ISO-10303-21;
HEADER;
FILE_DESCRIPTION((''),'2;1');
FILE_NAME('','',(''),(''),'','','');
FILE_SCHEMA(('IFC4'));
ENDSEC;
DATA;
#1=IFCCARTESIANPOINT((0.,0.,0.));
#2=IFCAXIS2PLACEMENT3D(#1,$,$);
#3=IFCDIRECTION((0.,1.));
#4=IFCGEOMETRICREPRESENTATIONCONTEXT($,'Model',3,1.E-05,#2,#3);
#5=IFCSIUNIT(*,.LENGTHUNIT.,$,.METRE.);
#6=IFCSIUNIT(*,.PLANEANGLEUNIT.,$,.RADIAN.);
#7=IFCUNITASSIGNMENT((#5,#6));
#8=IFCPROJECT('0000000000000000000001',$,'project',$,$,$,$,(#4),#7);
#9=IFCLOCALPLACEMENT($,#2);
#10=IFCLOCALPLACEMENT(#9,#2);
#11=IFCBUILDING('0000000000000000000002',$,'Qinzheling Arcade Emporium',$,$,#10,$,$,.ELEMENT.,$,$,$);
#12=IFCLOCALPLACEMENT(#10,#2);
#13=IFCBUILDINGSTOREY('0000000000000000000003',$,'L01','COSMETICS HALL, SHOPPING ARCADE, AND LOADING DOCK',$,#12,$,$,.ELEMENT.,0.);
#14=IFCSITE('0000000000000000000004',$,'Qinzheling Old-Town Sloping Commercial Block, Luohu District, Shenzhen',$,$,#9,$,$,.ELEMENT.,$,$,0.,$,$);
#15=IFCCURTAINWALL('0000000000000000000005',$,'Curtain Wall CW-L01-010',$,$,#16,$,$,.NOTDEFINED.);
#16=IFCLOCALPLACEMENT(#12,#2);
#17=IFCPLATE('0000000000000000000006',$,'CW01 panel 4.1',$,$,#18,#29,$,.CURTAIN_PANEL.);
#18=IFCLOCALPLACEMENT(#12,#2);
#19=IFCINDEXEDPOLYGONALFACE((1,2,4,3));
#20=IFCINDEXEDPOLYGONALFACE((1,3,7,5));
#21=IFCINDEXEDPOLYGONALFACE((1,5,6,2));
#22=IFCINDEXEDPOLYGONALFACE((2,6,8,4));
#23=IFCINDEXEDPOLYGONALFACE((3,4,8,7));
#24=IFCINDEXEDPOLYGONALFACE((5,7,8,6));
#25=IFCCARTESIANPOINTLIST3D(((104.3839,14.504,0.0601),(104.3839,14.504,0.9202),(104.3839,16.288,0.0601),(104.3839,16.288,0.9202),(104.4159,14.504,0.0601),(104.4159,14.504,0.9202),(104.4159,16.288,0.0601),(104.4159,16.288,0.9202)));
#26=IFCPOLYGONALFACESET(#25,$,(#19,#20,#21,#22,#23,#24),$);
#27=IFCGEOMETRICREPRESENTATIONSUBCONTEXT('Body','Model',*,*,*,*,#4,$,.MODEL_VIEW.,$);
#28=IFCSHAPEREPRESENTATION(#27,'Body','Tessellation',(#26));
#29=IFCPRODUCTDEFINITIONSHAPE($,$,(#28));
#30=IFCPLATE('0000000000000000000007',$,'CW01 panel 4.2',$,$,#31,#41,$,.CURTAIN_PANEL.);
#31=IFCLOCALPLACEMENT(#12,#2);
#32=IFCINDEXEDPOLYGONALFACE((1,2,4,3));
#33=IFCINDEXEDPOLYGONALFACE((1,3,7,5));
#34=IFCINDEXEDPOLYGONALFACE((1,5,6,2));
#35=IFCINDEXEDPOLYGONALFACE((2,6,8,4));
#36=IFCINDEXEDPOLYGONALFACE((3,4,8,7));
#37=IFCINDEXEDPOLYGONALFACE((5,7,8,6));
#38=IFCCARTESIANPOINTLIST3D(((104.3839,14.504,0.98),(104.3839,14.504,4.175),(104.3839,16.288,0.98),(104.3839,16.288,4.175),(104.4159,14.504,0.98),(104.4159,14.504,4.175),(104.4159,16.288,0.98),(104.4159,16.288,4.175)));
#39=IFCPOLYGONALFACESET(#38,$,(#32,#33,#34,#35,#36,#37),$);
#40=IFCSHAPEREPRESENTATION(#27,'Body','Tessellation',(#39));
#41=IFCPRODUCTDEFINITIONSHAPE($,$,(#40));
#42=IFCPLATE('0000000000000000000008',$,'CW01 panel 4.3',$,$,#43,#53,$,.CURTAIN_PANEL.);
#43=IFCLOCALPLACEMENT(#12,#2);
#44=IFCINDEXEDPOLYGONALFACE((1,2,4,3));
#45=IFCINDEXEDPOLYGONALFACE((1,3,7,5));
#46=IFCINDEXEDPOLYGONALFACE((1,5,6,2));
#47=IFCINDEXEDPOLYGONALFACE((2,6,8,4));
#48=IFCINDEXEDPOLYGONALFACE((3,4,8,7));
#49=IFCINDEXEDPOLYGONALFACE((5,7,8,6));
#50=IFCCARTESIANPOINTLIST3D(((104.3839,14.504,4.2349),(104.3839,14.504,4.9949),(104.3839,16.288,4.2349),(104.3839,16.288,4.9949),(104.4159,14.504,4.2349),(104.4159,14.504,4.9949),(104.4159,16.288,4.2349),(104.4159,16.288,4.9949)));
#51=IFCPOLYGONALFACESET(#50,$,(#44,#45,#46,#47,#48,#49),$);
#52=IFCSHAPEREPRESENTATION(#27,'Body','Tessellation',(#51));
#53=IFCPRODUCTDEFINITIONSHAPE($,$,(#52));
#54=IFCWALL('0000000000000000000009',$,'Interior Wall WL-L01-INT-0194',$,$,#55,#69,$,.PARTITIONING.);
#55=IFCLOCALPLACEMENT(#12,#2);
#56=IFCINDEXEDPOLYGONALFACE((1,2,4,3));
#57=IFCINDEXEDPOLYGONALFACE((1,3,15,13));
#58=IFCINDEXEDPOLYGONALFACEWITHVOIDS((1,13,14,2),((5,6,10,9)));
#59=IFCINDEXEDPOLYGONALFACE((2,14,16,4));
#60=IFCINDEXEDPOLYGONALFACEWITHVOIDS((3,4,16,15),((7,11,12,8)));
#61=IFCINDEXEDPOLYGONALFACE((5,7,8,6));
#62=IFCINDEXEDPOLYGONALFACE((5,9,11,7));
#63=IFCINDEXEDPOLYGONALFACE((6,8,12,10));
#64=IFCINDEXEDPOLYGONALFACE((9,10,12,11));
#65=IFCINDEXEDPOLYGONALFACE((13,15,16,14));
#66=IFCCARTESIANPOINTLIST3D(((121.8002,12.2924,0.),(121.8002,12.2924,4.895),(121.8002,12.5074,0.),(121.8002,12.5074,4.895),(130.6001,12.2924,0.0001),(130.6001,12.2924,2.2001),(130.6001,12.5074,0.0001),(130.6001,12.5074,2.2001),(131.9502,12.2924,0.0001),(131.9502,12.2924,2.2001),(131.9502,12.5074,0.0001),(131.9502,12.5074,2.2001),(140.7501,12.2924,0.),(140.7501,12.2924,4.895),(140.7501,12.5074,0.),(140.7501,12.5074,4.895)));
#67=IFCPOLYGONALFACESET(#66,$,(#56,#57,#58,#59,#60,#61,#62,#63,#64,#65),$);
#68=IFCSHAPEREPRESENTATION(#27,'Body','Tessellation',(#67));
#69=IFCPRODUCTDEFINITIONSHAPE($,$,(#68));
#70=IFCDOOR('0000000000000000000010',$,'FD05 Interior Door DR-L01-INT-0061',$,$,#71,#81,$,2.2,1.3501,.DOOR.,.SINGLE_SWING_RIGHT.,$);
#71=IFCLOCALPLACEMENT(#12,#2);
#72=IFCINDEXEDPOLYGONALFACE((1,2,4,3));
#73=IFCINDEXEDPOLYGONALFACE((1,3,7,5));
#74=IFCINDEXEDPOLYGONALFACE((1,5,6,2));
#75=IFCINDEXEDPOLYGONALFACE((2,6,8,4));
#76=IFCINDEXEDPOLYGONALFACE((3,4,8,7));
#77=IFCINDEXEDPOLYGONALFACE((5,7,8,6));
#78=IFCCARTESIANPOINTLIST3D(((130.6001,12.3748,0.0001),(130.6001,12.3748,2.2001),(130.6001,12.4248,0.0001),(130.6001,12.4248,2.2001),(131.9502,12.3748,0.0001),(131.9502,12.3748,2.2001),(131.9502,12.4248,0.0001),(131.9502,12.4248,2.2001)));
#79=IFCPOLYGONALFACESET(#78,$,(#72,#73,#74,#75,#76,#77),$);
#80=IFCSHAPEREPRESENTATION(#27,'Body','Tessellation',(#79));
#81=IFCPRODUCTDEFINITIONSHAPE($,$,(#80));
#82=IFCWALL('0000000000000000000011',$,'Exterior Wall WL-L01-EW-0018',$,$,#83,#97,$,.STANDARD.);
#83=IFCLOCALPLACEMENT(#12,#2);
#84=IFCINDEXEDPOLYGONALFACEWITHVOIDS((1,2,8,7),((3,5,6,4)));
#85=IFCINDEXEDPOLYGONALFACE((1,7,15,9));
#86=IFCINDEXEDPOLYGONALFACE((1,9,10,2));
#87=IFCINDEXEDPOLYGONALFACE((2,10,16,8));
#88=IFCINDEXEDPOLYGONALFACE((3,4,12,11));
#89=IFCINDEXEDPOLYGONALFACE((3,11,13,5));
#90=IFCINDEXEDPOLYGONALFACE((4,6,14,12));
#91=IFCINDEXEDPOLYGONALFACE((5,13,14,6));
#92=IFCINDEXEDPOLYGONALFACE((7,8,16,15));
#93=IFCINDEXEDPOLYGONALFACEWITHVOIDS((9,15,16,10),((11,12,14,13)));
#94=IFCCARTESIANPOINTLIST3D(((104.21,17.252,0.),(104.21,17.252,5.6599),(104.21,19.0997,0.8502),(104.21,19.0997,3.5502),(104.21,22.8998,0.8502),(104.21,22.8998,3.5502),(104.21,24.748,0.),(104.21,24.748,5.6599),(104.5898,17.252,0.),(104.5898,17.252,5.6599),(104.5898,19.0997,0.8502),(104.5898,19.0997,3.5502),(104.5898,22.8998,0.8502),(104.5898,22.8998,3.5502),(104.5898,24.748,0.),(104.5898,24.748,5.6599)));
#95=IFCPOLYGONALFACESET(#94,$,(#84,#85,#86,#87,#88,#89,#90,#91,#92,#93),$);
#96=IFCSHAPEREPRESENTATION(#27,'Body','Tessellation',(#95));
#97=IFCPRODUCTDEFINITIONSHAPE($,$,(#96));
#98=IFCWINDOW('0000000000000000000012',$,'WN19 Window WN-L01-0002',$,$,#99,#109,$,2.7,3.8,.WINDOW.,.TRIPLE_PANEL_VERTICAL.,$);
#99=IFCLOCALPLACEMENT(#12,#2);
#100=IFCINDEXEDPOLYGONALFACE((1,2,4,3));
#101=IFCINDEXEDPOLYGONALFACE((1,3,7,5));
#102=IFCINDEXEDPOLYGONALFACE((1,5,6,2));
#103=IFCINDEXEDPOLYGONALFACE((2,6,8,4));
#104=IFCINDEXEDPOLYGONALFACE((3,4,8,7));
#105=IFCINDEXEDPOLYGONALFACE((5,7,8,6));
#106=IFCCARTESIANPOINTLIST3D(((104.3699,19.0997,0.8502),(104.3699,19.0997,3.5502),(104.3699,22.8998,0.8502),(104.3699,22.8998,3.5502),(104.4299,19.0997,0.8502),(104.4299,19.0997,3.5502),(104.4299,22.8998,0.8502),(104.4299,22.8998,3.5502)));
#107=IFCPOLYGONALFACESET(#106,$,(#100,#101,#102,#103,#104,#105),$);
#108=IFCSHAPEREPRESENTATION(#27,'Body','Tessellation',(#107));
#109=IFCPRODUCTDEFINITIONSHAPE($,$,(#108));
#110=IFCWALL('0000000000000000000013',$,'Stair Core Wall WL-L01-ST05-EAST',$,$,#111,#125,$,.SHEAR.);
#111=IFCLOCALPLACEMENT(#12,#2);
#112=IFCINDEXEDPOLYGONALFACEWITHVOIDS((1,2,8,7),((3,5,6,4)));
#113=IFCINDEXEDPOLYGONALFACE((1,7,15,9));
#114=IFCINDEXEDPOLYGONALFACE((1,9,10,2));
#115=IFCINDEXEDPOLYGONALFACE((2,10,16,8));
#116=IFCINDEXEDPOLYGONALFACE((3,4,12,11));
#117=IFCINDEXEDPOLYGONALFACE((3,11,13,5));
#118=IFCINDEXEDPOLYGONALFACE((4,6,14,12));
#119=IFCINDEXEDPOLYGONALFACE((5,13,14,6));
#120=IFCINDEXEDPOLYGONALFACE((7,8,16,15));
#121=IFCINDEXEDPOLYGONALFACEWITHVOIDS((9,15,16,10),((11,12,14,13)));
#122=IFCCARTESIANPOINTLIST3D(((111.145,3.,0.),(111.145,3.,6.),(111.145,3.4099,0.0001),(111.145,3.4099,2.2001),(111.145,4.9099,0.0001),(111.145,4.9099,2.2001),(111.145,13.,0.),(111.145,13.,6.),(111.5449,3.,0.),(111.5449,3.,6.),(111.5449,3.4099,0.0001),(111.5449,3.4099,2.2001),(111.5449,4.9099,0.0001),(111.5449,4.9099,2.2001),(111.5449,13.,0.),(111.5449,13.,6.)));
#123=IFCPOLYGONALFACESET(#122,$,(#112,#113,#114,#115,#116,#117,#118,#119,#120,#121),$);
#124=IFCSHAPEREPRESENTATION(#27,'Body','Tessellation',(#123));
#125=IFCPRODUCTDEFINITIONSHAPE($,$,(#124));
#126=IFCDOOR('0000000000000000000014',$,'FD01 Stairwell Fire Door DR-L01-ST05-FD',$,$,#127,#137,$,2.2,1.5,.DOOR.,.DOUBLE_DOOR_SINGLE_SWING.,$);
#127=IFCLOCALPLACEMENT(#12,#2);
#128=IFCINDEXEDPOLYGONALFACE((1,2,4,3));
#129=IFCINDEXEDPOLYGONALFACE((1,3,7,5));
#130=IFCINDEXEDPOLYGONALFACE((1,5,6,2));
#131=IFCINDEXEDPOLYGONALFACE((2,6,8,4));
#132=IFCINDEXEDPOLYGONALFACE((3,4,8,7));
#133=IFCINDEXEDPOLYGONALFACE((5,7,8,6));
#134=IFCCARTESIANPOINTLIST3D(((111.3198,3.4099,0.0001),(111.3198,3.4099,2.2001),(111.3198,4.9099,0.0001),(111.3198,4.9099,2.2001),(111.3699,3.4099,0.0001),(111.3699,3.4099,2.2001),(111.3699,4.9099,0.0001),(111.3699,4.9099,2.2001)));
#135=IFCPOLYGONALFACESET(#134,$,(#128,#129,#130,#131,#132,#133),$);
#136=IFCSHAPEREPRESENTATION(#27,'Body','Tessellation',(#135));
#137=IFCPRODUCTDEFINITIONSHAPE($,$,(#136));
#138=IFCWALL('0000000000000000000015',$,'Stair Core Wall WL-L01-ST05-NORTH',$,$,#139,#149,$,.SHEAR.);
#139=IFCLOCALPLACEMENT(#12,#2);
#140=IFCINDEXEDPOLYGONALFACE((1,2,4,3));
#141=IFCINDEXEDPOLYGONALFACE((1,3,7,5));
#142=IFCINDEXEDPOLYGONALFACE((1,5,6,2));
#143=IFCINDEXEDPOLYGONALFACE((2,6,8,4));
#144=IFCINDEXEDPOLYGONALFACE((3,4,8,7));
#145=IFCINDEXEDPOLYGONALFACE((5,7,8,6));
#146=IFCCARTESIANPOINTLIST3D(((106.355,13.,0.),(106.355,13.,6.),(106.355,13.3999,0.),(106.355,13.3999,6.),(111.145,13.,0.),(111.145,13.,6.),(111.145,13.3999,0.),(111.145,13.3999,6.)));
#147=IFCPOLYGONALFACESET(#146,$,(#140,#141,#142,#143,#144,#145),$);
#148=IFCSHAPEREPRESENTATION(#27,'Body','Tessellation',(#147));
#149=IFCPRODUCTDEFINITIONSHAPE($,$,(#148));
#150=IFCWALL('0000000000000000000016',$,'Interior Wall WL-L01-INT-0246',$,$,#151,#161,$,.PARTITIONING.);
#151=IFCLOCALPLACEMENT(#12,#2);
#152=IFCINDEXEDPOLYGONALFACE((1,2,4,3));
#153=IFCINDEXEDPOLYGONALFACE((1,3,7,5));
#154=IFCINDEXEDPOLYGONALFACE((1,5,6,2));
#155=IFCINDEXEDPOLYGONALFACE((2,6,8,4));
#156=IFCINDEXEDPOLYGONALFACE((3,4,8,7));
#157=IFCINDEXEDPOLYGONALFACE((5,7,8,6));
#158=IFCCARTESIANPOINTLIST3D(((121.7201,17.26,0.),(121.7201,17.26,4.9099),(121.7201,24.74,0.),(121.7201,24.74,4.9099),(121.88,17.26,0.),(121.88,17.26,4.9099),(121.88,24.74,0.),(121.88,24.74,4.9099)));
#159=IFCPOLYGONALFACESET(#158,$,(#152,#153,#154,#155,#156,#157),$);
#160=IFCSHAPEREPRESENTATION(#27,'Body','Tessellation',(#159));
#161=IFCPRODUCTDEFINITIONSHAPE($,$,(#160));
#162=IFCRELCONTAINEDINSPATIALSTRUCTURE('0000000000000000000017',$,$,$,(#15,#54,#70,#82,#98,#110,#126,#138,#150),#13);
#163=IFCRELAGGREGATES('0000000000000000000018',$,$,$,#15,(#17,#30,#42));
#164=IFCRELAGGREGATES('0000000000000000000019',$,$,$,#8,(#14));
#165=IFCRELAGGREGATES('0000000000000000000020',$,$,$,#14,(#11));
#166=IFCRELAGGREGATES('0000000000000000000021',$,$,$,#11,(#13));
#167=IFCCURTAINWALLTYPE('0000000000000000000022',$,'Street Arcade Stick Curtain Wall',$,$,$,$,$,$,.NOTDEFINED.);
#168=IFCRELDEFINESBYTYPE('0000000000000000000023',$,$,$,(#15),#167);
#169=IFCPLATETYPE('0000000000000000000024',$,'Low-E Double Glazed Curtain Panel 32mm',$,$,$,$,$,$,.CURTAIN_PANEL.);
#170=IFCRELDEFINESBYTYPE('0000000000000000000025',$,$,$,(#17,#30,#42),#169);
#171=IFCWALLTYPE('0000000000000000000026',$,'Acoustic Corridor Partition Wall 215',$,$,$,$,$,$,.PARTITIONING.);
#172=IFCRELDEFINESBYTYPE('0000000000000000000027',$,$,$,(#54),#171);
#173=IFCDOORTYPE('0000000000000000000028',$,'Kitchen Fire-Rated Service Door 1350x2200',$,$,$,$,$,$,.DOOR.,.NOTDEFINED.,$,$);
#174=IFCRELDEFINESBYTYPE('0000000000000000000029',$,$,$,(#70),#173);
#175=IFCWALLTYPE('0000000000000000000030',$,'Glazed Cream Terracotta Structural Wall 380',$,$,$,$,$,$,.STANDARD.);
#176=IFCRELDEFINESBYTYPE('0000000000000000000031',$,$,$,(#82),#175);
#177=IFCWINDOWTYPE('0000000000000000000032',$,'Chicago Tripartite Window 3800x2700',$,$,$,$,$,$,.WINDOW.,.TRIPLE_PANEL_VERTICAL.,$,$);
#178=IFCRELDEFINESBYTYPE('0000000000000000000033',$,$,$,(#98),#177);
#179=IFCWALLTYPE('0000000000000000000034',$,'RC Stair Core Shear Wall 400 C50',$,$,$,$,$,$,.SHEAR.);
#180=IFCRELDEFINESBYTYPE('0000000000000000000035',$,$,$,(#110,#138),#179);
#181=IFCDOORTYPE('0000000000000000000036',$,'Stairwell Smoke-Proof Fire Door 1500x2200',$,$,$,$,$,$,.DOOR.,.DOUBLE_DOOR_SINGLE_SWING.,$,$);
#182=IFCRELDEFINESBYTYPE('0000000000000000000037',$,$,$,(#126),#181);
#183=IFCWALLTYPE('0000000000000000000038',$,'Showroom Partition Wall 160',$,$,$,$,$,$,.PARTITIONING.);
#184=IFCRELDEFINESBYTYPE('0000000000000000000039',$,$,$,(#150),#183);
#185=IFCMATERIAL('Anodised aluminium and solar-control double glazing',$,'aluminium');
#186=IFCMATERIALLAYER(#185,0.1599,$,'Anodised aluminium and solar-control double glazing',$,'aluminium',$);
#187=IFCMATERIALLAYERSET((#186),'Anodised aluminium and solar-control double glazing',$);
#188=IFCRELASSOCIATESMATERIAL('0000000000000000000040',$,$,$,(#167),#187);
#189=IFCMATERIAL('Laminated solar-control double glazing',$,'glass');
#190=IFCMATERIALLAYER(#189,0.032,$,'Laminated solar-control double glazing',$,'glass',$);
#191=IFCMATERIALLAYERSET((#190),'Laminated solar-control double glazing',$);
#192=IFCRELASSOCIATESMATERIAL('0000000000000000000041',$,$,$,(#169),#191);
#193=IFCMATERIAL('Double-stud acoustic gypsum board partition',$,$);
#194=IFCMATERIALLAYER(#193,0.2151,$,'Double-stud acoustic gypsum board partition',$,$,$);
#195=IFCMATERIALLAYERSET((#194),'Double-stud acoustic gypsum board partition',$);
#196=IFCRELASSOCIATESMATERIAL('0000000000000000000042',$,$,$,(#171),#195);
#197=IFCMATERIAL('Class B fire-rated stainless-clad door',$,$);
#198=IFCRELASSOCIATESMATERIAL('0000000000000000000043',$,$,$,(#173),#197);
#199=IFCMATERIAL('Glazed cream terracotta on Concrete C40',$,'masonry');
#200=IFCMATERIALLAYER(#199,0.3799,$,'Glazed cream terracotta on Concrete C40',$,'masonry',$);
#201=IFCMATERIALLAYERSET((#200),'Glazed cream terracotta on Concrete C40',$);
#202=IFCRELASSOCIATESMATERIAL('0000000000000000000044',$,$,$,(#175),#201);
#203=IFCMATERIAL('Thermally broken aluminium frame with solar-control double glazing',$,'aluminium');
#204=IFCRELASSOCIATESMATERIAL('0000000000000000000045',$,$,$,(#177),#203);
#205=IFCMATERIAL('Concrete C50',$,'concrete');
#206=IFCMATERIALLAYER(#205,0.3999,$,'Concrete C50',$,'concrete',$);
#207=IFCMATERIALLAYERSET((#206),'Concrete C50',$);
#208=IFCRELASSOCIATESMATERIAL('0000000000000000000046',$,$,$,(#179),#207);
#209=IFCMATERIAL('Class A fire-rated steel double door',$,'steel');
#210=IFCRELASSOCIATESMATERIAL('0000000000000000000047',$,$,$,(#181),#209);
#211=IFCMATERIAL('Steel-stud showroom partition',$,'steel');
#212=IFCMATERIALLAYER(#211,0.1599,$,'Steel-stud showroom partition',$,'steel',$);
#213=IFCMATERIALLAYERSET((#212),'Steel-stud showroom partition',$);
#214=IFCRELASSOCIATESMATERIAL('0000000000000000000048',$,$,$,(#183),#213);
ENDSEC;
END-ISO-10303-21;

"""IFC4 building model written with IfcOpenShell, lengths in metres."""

from ifc_helpers import new_model, si_unit, direction, frame, frame_2d, origin, origin_2d, place, context, subcontext, project, spatial, rectangle, extrude, material, layer, layer_set, type_object, element, fill, aggregate, save


model = new_model("IFC4")

# Units and contexts
model_context = context("Model", 3, precision=1e-05, world=origin(), true_north=direction((0.0, 1.0)))
body_context = subcontext(model_context, "Body", "Model", "MODEL_VIEW")
ifc_project = project(units=[si_unit("LENGTHUNIT", "METRE"), si_unit("PLANEANGLEUNIT", "RADIAN")], contexts=[model_context])

# Site, building, storey
site_placement = place(None, origin())
site = spatial("IfcSite", under=ifc_project, at=site_placement, Name="Qinzheling Old-Town Sloping Commercial Block, Luohu District, Shenzhen", CompositionType="ELEMENT", RefElevation=0.0)
building_placement = place(site_placement, origin())
building = spatial("IfcBuilding", under=site, at=building_placement, Name="Qinzheling Arcade Emporium", CompositionType="ELEMENT")
storey_placement = place(building_placement, origin())
storey = spatial("IfcBuildingStorey", under=building, at=storey_placement, Name="L01", Description="COSMETICS HALL, SHOPPING ARCADE, AND LOADING DOCK", CompositionType="ELEMENT", Elevation=0.0)

# Shared definitions
ifc_material_1 = material(Name="Concrete C50", Category="concrete")

# Curtain wall
ifc_material_2 = material(Name="Anodised aluminium and solar-control double glazing", Category="aluminium")
ifc_layer_1 = layer(ifc_material_2, 0.1599, Name="Anodised aluminium and solar-control double glazing", Category="aluminium")
ifc_layer_set_1 = layer_set([ifc_layer_1], Name="Anodised aluminium and solar-control double glazing")
curtain_wall_type = type_object("IfcCurtainWallType", Name="Street Arcade Stick Curtain Wall", PredefinedType="NOTDEFINED", material=ifc_layer_set_1)
curtain_wall_placement = place(storey_placement, origin())
curtain_wall = element("IfcCurtainWall", 1, at=curtain_wall_placement, inside=storey, type_object=curtain_wall_type, Name="Curtain Wall CW-L01-010", PredefinedType="NOTDEFINED")

# Plates
ifc_material_3 = material(Name="Laminated solar-control double glazing", Category="glass")
ifc_layer_2 = layer(ifc_material_3, 0.032, Name="Laminated solar-control double glazing", Category="glass")
ifc_layer_set_2 = layer_set([ifc_layer_2], Name="Laminated solar-control double glazing")
plate_type = type_object("IfcPlateType", Name="Low-E Double Glazed Curtain Panel 32mm", PredefinedType="CURTAIN_PANEL", material=ifc_layer_set_2)
plate_1_placement = place(storey_placement, frame((104.3999, 15.396, 0.0601), z_axis=(0.0, 0.0, 1.0), x_axis=(0.0, 1.0, 0.0)))
plate_1 = element("IfcPlate", 2, at=plate_1_placement, type_object=plate_type, Name="CW01 panel 4.1", PredefinedType="CURTAIN_PANEL", context=body_context, shape_type="SweptSolid", body=[
    extrude(rectangle(XDim=1.7839, YDim=0.032, at=origin_2d()), origin(), (0.0, 0.0, 1.0), 0.8601),
])
plate_2_placement = place(storey_placement, frame((104.3999, 15.396, 0.98), z_axis=(0.0, 0.0, 1.0), x_axis=(0.0, 1.0, 0.0)))
plate_2 = element("IfcPlate", 3, at=plate_2_placement, type_object=plate_type, Name="CW01 panel 4.2", PredefinedType="CURTAIN_PANEL", context=body_context, shape_type="SweptSolid", body=[
    extrude(rectangle(XDim=1.7839, YDim=0.032, at=origin_2d()), origin(), (0.0, 0.0, 1.0), 3.1951),
])
plate_3_placement = place(storey_placement, frame((104.3999, 15.396, 4.2349), z_axis=(0.0, 0.0, 1.0), x_axis=(0.0, 1.0, 0.0)))
plate_3 = element("IfcPlate", 4, at=plate_3_placement, type_object=plate_type, Name="CW01 panel 4.3", PredefinedType="CURTAIN_PANEL", context=body_context, shape_type="SweptSolid", body=[
    extrude(rectangle(XDim=1.7839, YDim=0.032, at=origin_2d()), origin(), (0.0, 0.0, 1.0), 0.76),
])
aggregate(curtain_wall, [plate_1, plate_2, plate_3])

# Wall, opening, door
ifc_material_4 = material(Name="Double-stud acoustic gypsum board partition")
ifc_layer_3 = layer(ifc_material_4, 0.2151, Name="Double-stud acoustic gypsum board partition")
ifc_layer_set_3 = layer_set([ifc_layer_3], Name="Double-stud acoustic gypsum board partition")
wall_type_1 = type_object("IfcWallType", Name="Acoustic Corridor Partition Wall 215", PredefinedType="PARTITIONING", material=ifc_layer_set_3)
wall_1_placement = place(storey_placement, frame((121.8, 12.3999, 0.0), z_axis=(0.0, 0.0, 1.0), x_axis=(1.0, 0.0, 0.0)))
wall_1 = element("IfcWall", 5, at=wall_1_placement, inside=storey, type_object=wall_type_1, Name="Interior Wall WL-L01-INT-0194", PredefinedType="PARTITIONING", context=body_context, shape_type="SweptSolid", body=[
    extrude(rectangle(XDim=18.95, YDim=0.2151, at=frame_2d((9.4751, 0.0))), origin(), (0.0, 0.0, 1.0), 4.895),
])
opening_1_placement = place(wall_1_placement, frame((8.8, 0.0, 0.0)))
opening_1 = element("IfcOpeningElement", 6, at=opening_1_placement, cuts=wall_1, PredefinedType="OPENING", context=body_context, shape_type="SweptSolid", body=[
    extrude(rectangle(XDim=1.3501, YDim=2.2, at=frame_2d((0.675, 1.1001))), frame((0.0, 0.1177, 0.0), z_axis=(0.0, -1.0, 0.0), x_axis=(1.0, 0.0, 0.0)), (0.0, 0.0, 1.0), 0.2351),
])
ifc_material_5 = material(Name="Class B fire-rated stainless-clad door")
door_type_1 = type_object("IfcDoorType", Name="Kitchen Fire-Rated Service Door 1350x2200", OperationType="NOTDEFINED", PredefinedType="DOOR", material=ifc_material_5)
door_1_placement = place(opening_1_placement, origin())
door_1 = element("IfcDoor", 7, at=door_1_placement, inside=storey, type_object=door_type_1, Name="FD05 Interior Door DR-L01-INT-0061", OperationType="SINGLE_SWING_RIGHT", OverallHeight=2.2, OverallWidth=1.3501, PredefinedType="DOOR", context=body_context, shape_type="SweptSolid", body=[
    extrude(rectangle(XDim=1.3501, YDim=2.2, at=frame_2d((0.675, 1.1001))), frame((0.0, 0.0249, 0.0), z_axis=(0.0, -1.0, 0.0), x_axis=(1.0, 0.0, 0.0)), (0.0, 0.0, 1.0), 0.05),
])
fill(opening_1, door_1)

# Wall, opening, window
ifc_material_6 = material(Name="Glazed cream terracotta on Concrete C40", Category="masonry")
ifc_layer_4 = layer(ifc_material_6, 0.3799, Name="Glazed cream terracotta on Concrete C40", Category="masonry")
ifc_layer_set_4 = layer_set([ifc_layer_4], Name="Glazed cream terracotta on Concrete C40")
wall_type_2 = type_object("IfcWallType", Name="Glazed Cream Terracotta Structural Wall 380", PredefinedType="STANDARD", material=ifc_layer_set_4)
wall_2_placement = place(storey_placement, frame((104.3999, 17.252, 0.0), z_axis=(0.0, 0.0, 1.0), x_axis=(0.0, 1.0, 0.0)))
wall_2 = element("IfcWall", 8, at=wall_2_placement, inside=storey, type_object=wall_type_2, Name="Exterior Wall WL-L01-EW-0018", PredefinedType="STANDARD", context=body_context, shape_type="SweptSolid", body=[
    extrude(rectangle(XDim=7.4961, YDim=0.3799, at=frame_2d((3.748, 0.0))), origin(), (0.0, 0.0, 1.0), 5.6599),
])
opening_2_placement = place(wall_2_placement, frame((1.8479, 0.0, 0.8501)))
opening_2 = element("IfcOpeningElement", 9, at=opening_2_placement, cuts=wall_2, PredefinedType="OPENING", context=body_context, shape_type="SweptSolid", body=[
    extrude(rectangle(XDim=3.8, YDim=2.7, at=frame_2d((1.8999, 1.3501))), frame((0.0, 0.2, 0.0), z_axis=(0.0, -1.0, 0.0), x_axis=(1.0, 0.0, 0.0)), (0.0, 0.0, 1.0), 0.3999),
])
ifc_material_7 = material(Name="Thermally broken aluminium frame with solar-control double glazing", Category="aluminium")
window_type = type_object("IfcWindowType", Name="Chicago Tripartite Window 3800x2700", PartitioningType="TRIPLE_PANEL_VERTICAL", PredefinedType="WINDOW", material=ifc_material_7)
window_placement = place(opening_2_placement, origin())
window = element("IfcWindow", 10, at=window_placement, inside=storey, type_object=window_type, Name="WN19 Window WN-L01-0002", OverallHeight=2.7, OverallWidth=3.8, PartitioningType="TRIPLE_PANEL_VERTICAL", PredefinedType="WINDOW", context=body_context, shape_type="SweptSolid", body=[
    extrude(rectangle(XDim=3.8, YDim=2.7, at=frame_2d((1.8999, 1.3501))), frame((0.0, 0.03, 0.0), z_axis=(0.0, -1.0, 0.0), x_axis=(1.0, 0.0, 0.0)), (0.0, 0.0, 1.0), 0.0601),
])
fill(opening_2, window)

# Wall, opening, door
ifc_layer_5 = layer(ifc_material_1, 0.3999, Name="Concrete C50", Category="concrete")
ifc_layer_set_5 = layer_set([ifc_layer_5], Name="Concrete C50")
wall_type_3 = type_object("IfcWallType", Name="RC Stair Core Shear Wall 400 C50", PredefinedType="SHEAR", material=ifc_layer_set_5)
wall_3_placement = place(storey_placement, frame((111.345, 13.0, 0.0), z_axis=(0.0, 0.0, 1.0), x_axis=(0.0, -1.0, 0.0)))
wall_3 = element("IfcWall", 11, at=wall_3_placement, inside=storey, type_object=wall_type_3, Name="Stair Core Wall WL-L01-ST05-EAST", PredefinedType="SHEAR", context=body_context, shape_type="SweptSolid", body=[
    extrude(rectangle(XDim=10.0, YDim=0.3999, at=frame_2d((5.0, 0.0))), origin(), (0.0, 0.0, 1.0), 6.0),
])
opening_3_placement = place(wall_3_placement, frame((8.0901, 0.0, 0.0)))
opening_3 = element("IfcOpeningElement", 12, at=opening_3_placement, cuts=wall_3, PredefinedType="OPENING", context=body_context, shape_type="SweptSolid", body=[
    extrude(rectangle(XDim=1.5, YDim=2.2, at=frame_2d((0.75, 1.1001))), frame((0.0, 0.21, 0.0), z_axis=(0.0, -1.0, 0.0), x_axis=(1.0, 0.0, 0.0)), (0.0, 0.0, 1.0), 0.4199),
])
ifc_material_8 = material(Name="Class A fire-rated steel double door", Category="steel")
door_type_2 = type_object("IfcDoorType", Name="Stairwell Smoke-Proof Fire Door 1500x2200", OperationType="DOUBLE_DOOR_SINGLE_SWING", PredefinedType="DOOR", material=ifc_material_8)
door_2_placement = place(opening_3_placement, origin())
door_2 = element("IfcDoor", 13, at=door_2_placement, inside=storey, type_object=door_type_2, Name="FD01 Stairwell Fire Door DR-L01-ST05-FD", OperationType="DOUBLE_DOOR_SINGLE_SWING", OverallHeight=2.2, OverallWidth=1.5, PredefinedType="DOOR", context=body_context, shape_type="SweptSolid", body=[
    extrude(rectangle(XDim=1.5, YDim=2.2, at=frame_2d((0.75, 1.1001))), frame((0.0, 0.0249, 0.0), z_axis=(0.0, -1.0, 0.0), x_axis=(1.0, 0.0, 0.0)), (0.0, 0.0, 1.0), 0.05),
])
fill(opening_3, door_2)

# Walls
wall_4_placement = place(storey_placement, frame((106.355, 13.2, 0.0), z_axis=(0.0, 0.0, 1.0), x_axis=(1.0, 0.0, 0.0)))
element("IfcWall", 14, at=wall_4_placement, inside=storey, type_object=wall_type_3, Name="Stair Core Wall WL-L01-ST05-NORTH", PredefinedType="SHEAR", context=body_context, shape_type="SweptSolid", body=[
    extrude(rectangle(XDim=4.79, YDim=0.3999, at=frame_2d((2.395, 0.0))), origin(), (0.0, 0.0, 1.0), 6.0),
])
ifc_material_9 = material(Name="Steel-stud showroom partition", Category="steel")
ifc_layer_6 = layer(ifc_material_9, 0.1599, Name="Steel-stud showroom partition", Category="steel")
ifc_layer_set_6 = layer_set([ifc_layer_6], Name="Steel-stud showroom partition")
wall_type_4 = type_object("IfcWallType", Name="Showroom Partition Wall 160", PredefinedType="PARTITIONING", material=ifc_layer_set_6)
wall_5_placement = place(storey_placement, frame((121.8, 24.74, 0.0), z_axis=(0.0, 0.0, 1.0), x_axis=(0.0, -1.0, 0.0)))
element("IfcWall", 15, at=wall_5_placement, inside=storey, type_object=wall_type_4, Name="Interior Wall WL-L01-INT-0246", PredefinedType="PARTITIONING", context=body_context, shape_type="SweptSolid", body=[
    extrude(rectangle(XDim=7.48, YDim=0.1599, at=frame_2d((3.74, 0.0))), origin(), (0.0, 0.0, 1.0), 4.9099),
])

save(model, "model.ifc")
